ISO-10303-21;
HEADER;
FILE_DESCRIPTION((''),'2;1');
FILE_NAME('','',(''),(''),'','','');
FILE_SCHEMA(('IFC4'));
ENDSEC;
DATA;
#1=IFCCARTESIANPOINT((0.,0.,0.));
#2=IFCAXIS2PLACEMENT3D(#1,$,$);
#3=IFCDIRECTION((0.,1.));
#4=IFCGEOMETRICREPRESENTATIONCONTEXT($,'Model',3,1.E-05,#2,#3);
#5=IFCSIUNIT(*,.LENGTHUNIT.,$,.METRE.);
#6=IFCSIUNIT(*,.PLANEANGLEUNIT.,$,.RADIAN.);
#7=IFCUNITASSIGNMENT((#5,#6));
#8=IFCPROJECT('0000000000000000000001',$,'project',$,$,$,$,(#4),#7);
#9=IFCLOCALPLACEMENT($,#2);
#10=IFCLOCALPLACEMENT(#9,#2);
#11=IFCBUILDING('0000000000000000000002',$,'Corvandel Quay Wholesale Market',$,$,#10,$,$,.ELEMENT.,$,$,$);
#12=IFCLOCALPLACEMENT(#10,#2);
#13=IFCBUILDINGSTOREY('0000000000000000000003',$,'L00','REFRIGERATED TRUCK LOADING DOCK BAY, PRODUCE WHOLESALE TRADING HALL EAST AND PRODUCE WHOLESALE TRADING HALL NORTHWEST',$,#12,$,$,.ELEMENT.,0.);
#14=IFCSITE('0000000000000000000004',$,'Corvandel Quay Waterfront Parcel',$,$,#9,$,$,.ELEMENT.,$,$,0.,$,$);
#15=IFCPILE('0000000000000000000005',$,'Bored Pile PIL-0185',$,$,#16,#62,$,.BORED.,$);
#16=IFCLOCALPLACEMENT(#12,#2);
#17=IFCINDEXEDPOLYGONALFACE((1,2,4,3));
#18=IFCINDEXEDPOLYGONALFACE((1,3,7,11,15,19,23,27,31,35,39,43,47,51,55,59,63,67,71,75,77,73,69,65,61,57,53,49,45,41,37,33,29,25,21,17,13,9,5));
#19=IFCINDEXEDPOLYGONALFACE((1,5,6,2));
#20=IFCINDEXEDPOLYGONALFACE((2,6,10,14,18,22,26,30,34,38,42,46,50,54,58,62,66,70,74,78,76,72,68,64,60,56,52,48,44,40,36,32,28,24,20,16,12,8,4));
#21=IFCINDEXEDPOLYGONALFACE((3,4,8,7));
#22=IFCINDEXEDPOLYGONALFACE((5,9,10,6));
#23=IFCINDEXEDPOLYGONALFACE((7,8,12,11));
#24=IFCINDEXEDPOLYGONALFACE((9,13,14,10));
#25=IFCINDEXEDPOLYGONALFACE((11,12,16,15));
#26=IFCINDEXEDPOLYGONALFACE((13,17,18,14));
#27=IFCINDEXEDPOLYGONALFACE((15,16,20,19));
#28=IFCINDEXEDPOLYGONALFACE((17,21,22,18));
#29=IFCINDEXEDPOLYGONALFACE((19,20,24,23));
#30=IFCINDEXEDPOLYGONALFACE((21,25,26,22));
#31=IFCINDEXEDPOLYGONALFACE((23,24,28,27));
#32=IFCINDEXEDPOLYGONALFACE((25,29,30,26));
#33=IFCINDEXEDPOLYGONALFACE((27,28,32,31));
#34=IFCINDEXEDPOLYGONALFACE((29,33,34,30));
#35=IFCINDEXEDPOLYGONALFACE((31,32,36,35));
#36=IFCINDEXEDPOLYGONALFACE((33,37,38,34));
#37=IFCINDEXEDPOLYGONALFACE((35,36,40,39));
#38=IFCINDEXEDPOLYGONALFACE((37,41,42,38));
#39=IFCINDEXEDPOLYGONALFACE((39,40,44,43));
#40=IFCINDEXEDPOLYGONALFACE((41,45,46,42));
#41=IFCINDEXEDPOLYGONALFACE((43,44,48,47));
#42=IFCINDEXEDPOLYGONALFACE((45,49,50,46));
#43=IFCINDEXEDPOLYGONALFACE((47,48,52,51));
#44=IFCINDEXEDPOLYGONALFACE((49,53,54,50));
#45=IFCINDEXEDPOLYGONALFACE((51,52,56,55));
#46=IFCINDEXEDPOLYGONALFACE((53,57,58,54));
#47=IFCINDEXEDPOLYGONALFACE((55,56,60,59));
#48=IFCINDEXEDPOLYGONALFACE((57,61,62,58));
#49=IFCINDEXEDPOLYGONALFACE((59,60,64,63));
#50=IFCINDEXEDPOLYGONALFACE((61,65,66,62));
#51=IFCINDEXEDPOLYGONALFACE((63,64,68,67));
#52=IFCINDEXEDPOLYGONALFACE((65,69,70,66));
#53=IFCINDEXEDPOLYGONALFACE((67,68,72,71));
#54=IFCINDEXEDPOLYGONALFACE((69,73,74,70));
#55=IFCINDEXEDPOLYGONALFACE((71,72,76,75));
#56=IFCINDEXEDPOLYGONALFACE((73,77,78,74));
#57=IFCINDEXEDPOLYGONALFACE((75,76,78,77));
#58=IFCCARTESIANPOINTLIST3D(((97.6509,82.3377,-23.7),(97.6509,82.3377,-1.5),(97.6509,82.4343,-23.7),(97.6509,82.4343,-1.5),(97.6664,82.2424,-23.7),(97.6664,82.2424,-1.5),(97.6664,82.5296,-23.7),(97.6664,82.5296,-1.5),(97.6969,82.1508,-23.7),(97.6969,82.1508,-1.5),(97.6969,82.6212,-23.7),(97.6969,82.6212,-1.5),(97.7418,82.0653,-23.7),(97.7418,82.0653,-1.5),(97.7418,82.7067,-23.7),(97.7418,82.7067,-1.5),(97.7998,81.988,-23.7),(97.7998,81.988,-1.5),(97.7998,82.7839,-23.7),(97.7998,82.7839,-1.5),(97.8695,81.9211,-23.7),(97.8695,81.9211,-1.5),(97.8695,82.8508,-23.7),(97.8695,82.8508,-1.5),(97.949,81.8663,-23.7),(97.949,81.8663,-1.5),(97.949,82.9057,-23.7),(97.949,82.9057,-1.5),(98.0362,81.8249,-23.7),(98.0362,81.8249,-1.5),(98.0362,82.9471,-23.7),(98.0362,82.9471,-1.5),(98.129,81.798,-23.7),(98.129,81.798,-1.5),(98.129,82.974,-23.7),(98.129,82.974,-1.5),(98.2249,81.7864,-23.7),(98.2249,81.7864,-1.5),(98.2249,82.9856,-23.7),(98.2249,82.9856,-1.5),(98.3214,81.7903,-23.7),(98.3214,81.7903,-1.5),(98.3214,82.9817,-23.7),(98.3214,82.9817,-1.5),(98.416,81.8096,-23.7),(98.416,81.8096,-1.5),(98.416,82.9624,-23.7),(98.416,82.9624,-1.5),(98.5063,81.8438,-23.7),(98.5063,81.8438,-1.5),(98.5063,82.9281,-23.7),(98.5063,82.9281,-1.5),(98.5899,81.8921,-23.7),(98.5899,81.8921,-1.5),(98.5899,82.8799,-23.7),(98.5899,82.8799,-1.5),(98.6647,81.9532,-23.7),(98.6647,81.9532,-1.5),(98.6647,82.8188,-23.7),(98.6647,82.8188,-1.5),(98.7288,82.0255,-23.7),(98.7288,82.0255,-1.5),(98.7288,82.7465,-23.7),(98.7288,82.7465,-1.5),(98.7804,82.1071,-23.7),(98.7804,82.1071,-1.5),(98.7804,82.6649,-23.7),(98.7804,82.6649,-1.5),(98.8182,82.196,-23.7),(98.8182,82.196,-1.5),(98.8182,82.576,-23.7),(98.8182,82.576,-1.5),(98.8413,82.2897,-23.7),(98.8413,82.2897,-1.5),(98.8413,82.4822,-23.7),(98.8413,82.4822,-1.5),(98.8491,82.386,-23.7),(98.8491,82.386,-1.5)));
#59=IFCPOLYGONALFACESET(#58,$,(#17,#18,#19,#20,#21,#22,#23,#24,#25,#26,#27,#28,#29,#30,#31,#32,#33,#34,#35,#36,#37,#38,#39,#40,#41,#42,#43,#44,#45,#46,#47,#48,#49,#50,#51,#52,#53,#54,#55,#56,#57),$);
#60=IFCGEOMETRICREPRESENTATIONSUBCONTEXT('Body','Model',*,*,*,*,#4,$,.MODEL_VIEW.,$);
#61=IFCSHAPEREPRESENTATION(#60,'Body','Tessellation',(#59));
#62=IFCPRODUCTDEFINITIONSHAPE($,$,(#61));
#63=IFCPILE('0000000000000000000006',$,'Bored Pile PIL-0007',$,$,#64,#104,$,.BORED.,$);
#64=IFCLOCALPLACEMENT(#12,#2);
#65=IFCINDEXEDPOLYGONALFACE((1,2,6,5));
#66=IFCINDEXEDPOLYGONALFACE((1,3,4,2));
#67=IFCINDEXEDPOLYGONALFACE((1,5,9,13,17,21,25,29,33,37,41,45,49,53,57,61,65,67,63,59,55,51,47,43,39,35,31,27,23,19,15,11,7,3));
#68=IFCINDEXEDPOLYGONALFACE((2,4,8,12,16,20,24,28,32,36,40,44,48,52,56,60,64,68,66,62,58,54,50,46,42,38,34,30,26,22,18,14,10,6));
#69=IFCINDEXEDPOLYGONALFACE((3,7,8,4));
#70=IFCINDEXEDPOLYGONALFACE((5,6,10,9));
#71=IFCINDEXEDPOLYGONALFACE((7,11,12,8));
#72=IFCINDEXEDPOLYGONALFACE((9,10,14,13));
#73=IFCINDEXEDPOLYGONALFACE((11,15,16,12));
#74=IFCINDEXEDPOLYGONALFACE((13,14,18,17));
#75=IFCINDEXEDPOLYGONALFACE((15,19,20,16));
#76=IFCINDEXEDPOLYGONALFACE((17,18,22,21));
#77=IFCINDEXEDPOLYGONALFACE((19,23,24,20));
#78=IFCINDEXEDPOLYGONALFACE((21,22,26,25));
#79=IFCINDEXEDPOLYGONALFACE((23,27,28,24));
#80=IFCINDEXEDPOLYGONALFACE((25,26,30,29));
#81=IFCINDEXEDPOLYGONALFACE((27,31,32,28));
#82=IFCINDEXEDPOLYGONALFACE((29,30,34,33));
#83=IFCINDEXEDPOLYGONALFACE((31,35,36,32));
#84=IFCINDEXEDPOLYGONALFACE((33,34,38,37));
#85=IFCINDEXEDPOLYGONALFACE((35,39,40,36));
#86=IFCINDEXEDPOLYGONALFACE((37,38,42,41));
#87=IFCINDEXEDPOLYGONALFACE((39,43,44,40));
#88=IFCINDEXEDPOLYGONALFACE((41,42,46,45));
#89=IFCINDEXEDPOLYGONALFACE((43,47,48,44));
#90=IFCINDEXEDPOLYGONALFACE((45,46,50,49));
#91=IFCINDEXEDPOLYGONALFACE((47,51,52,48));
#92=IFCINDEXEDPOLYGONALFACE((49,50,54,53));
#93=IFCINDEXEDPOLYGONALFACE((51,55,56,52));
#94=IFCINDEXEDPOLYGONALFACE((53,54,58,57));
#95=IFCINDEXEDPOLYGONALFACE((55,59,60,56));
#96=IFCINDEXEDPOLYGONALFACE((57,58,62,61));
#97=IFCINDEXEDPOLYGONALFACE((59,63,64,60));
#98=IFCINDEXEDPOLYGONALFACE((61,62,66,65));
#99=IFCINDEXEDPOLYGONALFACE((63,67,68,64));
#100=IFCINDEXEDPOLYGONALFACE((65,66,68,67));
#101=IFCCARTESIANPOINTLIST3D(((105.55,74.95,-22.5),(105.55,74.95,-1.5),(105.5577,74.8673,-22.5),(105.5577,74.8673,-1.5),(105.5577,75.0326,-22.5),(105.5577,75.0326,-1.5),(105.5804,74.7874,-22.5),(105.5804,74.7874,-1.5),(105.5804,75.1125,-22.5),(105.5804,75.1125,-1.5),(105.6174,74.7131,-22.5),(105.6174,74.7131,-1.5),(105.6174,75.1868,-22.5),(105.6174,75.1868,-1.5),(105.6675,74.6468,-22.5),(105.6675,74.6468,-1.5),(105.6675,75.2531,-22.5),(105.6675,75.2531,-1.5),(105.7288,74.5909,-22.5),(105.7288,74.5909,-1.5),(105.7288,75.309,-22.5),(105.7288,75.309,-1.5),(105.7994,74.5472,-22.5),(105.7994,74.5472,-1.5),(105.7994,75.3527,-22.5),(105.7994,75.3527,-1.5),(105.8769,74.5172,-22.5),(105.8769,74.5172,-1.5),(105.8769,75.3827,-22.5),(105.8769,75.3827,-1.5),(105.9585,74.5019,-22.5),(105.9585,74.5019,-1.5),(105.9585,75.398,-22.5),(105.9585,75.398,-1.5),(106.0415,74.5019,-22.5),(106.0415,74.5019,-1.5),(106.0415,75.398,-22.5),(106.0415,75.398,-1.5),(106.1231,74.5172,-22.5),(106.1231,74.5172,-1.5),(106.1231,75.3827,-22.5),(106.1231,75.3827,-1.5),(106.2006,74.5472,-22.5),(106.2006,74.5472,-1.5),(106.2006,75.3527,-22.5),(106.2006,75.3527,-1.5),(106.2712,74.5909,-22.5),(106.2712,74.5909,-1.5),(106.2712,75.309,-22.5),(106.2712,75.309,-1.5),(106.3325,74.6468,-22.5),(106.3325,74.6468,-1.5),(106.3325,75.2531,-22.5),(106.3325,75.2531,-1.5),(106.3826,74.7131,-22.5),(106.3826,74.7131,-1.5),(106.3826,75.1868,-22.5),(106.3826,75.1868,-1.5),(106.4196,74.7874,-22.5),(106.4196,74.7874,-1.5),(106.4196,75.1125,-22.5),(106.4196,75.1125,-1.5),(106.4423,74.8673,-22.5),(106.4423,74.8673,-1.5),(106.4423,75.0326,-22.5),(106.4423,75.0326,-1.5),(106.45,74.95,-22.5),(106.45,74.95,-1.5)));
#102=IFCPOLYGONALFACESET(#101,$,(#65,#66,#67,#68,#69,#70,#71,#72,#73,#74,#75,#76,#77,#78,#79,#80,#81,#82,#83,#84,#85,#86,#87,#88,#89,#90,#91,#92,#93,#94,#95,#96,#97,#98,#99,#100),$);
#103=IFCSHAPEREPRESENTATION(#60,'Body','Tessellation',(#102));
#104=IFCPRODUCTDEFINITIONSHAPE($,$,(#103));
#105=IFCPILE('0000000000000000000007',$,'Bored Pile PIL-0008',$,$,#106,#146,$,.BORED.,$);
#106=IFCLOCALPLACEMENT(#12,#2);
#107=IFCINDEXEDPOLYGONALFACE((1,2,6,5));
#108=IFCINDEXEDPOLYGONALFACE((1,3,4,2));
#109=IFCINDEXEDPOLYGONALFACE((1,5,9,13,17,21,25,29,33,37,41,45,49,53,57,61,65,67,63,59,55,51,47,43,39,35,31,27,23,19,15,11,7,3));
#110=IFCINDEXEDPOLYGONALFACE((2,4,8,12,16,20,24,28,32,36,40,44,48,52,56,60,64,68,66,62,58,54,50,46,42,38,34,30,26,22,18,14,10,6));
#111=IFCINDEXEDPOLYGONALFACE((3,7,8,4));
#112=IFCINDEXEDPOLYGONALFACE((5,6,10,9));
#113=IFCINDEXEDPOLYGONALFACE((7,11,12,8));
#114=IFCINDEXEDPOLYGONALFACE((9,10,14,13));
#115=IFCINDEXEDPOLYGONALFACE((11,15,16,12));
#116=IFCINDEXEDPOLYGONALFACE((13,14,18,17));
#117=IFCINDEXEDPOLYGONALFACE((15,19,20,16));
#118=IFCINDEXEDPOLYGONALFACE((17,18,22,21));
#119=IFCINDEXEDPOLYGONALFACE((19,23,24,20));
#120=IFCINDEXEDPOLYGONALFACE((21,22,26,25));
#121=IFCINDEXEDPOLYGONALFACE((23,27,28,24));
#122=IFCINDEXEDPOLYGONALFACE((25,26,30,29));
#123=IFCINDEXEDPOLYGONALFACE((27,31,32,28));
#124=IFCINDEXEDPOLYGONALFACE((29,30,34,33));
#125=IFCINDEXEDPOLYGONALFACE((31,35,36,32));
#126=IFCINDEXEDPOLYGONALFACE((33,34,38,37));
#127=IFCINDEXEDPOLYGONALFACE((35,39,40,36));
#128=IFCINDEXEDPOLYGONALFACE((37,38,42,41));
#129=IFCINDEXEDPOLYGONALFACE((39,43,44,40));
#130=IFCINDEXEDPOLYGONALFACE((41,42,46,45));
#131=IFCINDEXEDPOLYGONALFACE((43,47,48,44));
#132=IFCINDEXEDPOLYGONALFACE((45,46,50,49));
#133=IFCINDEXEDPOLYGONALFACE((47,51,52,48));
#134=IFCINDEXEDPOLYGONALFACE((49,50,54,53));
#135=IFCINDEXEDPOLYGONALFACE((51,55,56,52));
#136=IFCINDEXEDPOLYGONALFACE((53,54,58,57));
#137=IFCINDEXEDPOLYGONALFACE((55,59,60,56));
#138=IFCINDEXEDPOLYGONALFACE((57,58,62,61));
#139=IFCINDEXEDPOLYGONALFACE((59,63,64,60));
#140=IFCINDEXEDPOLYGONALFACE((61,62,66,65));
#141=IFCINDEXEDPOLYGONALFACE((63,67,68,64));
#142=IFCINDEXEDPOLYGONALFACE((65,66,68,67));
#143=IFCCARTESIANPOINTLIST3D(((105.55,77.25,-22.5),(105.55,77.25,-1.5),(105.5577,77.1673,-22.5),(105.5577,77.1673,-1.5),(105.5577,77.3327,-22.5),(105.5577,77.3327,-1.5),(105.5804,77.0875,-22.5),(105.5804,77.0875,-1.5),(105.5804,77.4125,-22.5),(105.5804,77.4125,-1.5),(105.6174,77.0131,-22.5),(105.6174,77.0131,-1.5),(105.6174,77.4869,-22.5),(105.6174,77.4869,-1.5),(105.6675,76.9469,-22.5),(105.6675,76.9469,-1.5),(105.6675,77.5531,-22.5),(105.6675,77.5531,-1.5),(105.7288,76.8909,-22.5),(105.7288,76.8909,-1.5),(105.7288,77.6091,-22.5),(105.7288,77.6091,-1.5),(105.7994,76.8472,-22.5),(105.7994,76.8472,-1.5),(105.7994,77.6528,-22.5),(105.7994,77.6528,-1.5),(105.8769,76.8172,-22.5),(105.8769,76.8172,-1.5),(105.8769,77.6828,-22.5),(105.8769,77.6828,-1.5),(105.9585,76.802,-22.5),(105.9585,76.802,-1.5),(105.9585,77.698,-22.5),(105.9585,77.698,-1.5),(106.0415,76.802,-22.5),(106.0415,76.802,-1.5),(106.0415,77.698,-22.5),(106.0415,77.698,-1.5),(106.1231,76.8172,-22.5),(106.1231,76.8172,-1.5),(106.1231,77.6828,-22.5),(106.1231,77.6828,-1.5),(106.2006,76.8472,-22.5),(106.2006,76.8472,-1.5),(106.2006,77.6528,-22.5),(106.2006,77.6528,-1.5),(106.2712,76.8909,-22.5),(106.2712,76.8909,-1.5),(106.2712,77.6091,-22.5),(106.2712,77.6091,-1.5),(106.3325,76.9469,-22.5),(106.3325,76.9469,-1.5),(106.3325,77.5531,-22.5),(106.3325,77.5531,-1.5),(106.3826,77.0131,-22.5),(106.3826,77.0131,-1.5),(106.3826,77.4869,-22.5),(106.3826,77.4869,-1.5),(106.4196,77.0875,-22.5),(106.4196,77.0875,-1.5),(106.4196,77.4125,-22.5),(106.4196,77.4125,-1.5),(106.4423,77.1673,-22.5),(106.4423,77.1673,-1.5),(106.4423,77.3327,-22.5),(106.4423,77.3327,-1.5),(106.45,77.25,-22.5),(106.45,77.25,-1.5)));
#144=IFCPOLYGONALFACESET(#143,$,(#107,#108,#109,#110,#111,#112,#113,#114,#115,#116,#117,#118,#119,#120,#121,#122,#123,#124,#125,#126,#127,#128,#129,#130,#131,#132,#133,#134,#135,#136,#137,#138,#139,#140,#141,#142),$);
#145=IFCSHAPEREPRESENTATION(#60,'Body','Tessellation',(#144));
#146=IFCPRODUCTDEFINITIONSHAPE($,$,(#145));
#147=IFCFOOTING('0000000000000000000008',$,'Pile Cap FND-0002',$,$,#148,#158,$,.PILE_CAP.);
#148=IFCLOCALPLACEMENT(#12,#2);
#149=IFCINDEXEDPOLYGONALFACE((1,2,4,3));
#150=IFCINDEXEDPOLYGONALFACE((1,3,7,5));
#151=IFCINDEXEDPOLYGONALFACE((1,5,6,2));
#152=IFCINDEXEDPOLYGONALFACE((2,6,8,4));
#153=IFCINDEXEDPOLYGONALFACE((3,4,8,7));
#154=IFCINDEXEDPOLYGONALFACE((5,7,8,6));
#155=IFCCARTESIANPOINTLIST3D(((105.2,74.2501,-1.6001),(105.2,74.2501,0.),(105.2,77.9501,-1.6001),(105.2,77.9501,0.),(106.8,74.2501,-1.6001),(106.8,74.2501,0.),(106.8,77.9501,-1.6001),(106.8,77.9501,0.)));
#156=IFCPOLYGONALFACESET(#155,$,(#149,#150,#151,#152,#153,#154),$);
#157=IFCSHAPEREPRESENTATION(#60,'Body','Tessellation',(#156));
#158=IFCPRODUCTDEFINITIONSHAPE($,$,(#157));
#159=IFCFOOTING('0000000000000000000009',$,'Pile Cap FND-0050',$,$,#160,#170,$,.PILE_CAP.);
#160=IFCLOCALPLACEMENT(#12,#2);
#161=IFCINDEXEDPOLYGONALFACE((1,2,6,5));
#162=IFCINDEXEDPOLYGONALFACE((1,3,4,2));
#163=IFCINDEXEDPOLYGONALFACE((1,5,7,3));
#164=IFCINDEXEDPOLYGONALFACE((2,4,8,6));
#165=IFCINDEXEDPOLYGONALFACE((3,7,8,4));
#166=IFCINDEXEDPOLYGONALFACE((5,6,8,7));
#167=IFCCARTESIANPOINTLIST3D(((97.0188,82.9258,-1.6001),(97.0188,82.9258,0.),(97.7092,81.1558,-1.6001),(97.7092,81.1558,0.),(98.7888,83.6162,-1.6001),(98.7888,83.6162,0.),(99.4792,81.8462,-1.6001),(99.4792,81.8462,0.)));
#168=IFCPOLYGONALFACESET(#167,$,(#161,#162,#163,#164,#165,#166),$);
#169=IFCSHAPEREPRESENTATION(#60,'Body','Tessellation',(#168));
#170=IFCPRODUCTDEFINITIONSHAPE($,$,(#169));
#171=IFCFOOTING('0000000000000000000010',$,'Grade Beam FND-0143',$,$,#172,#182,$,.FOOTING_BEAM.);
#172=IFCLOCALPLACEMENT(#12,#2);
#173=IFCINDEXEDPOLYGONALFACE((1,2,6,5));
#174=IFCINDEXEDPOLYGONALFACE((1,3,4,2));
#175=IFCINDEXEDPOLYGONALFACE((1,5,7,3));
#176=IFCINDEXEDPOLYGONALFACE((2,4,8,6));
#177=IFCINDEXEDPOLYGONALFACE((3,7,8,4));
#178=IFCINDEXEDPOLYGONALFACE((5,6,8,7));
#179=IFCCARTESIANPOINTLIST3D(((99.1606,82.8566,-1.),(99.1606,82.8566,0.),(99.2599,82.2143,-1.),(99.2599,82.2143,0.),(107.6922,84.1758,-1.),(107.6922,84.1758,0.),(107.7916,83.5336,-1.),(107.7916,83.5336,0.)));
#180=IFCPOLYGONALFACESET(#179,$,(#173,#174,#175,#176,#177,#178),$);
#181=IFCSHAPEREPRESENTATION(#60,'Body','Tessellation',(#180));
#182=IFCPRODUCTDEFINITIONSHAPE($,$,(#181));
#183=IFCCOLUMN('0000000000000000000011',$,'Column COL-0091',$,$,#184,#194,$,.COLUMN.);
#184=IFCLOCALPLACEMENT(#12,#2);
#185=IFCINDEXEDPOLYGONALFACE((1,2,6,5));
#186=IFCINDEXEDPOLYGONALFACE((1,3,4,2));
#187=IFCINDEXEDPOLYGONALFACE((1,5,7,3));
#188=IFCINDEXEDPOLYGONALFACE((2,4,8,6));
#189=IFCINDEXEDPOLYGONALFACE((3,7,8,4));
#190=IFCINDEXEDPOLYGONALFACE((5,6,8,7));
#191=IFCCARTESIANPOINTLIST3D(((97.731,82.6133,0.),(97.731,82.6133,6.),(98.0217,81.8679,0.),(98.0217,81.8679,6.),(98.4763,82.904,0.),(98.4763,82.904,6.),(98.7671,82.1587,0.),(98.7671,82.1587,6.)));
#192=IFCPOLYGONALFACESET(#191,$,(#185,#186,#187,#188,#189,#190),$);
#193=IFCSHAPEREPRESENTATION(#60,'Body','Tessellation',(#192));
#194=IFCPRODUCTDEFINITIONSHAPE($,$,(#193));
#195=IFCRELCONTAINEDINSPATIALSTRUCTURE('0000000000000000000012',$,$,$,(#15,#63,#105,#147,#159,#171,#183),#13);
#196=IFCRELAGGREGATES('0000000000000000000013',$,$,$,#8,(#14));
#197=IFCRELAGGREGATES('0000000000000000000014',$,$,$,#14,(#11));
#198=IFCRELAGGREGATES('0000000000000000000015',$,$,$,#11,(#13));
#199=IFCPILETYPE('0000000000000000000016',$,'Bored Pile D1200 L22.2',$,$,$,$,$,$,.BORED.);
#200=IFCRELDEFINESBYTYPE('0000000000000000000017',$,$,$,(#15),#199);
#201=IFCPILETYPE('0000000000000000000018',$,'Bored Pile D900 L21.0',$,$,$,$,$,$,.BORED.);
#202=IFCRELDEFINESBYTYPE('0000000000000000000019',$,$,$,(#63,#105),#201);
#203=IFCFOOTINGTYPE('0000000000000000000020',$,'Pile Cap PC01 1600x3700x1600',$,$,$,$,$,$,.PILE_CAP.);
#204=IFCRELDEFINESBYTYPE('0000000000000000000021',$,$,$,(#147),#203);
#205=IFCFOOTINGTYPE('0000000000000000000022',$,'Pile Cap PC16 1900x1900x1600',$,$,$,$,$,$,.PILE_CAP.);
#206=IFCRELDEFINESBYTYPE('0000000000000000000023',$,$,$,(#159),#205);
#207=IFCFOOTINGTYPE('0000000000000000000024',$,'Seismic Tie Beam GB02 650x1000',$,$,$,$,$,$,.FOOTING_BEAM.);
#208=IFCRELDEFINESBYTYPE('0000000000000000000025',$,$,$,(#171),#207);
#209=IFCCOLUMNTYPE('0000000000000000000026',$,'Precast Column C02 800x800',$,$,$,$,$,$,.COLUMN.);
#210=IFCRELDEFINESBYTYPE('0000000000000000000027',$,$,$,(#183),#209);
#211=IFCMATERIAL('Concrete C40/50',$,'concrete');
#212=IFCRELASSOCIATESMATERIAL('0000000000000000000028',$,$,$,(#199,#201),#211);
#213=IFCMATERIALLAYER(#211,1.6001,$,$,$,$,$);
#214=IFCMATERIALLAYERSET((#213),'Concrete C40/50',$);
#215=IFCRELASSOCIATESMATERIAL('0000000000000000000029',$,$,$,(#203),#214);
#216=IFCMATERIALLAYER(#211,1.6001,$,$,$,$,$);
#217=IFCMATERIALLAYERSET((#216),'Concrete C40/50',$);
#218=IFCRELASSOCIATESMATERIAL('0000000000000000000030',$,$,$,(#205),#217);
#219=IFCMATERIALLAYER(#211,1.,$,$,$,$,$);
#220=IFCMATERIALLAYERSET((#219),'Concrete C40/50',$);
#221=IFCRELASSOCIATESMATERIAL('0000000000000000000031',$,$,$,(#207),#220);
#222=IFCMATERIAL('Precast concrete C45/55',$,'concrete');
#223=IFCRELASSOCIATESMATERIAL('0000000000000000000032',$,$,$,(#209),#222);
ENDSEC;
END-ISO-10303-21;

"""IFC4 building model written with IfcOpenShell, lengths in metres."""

from ifc_helpers import new_model, si_unit, direction, frame, origin, origin_2d, place, context, subcontext, project, spatial, rectangle, circle, extrude, material, layer, layer_set, material_profile, profile_set, type_object, element, save


model = new_model("IFC4")

# Units and contexts
model_context = context("Model", 3, precision=1e-05, world=origin(), true_north=direction((0.0, 1.0)))
body_context = subcontext(model_context, "Body", "Model", "MODEL_VIEW")
ifc_project = project(units=[si_unit("LENGTHUNIT", "METRE"), si_unit("PLANEANGLEUNIT", "RADIAN")], contexts=[model_context])

# Site, building, storey
site_placement = place(None, origin())
site = spatial("IfcSite", under=ifc_project, at=site_placement, Name="Corvandel Quay Waterfront Parcel", CompositionType="ELEMENT", RefElevation=0.0)
building_placement = place(site_placement, origin())
building = spatial("IfcBuilding", under=site, at=building_placement, Name="Corvandel Quay Wholesale Market", CompositionType="ELEMENT")
storey_placement = place(building_placement, origin())
storey = spatial("IfcBuildingStorey", under=building, at=storey_placement, Name="L00", Description="REFRIGERATED TRUCK LOADING DOCK BAY, PRODUCE WHOLESALE TRADING HALL EAST AND PRODUCE WHOLESALE TRADING HALL NORTHWEST", CompositionType="ELEMENT", Elevation=0.0)

# Piles
ifc_material_1 = material(Name="Concrete C40/50", Category="concrete")
ifc_material_profile_1 = material_profile(ifc_material_1, circle(Radius=0.6001, at=origin_2d()), Name="RC-PILE-D1200")
ifc_profile_set_1 = profile_set([ifc_material_profile_1], Name="Concrete C40/50")
pile_type_1 = type_object("IfcPileType", Name="Bored Pile D1200 L22.2", PredefinedType="BORED", material=ifc_profile_set_1)
pile_placement = place(storey_placement, frame((98.249, 82.386, -1.5), z_axis=(0.0, 0.0, -1.0), x_axis=(1.0, 0.0, 0.0)))
element("IfcPile", 1, at=pile_placement, inside=storey, type_object=pile_type_1, Name="Bored Pile PIL-0185", PredefinedType="BORED", context=body_context, shape_type="SweptSolid", body=[
    extrude(circle(Radius=0.6001, at=origin_2d()), origin(), (0.0, 0.0, 1.0), 22.2),
])
ifc_material_profile_2 = material_profile(ifc_material_1, circle(Radius=0.45, at=origin_2d()), Name="RC-PILE-D900")
ifc_profile_set_2 = profile_set([ifc_material_profile_2], Name="Concrete C40/50")
pile_type_2 = type_object("IfcPileType", Name="Bored Pile D900 L21.0", PredefinedType="BORED", material=ifc_profile_set_2)
for number, where, z_axis, x_axis, name in (
    (2, (106.0, 74.95, -1.5), (0.0, 0.0, -1.0), (1.0, 0.0, 0.0), "Bored Pile PIL-0007"),
    (3, (106.0, 77.25, -1.5), (0.0, 0.0, -1.0), (1.0, 0.0, 0.0), "Bored Pile PIL-0008"),
):
    element("IfcPile", number, at=place(storey_placement, frame(where, z_axis=z_axis, x_axis=x_axis)), inside=storey, type_object=pile_type_2, Name=name, PredefinedType="BORED", context=body_context, shape_type="SweptSolid", body=[
        extrude(circle(Radius=0.45, at=origin_2d()), origin(), (0.0, 0.0, 1.0), 21.0),
    ])

# Footings
ifc_layer_1 = layer(ifc_material_1, 1.6001)
ifc_layer_set_1 = layer_set([ifc_layer_1], Name="Concrete C40/50")
footing_type_1 = type_object("IfcFootingType", Name="Pile Cap PC01 1600x3700x1600", PredefinedType="PILE_CAP", material=ifc_layer_set_1)
footing_1_placement = place(storey_placement, frame((106.0, 76.1001, -1.6001), z_axis=(0.0, 0.0, 1.0), x_axis=(1.0, 0.0, 0.0)))
element("IfcFooting", 4, at=footing_1_placement, inside=storey, type_object=footing_type_1, Name="Pile Cap FND-0002", PredefinedType="PILE_CAP", context=body_context, shape_type="SweptSolid", body=[
    extrude(rectangle(XDim=1.6001, YDim=3.7, at=origin_2d()), origin(), (0.0, 0.0, 1.0), 1.6001),
])
ifc_layer_2 = layer(ifc_material_1, 1.6001)
ifc_layer_set_2 = layer_set([ifc_layer_2], Name="Concrete C40/50")
footing_type_2 = type_object("IfcFootingType", Name="Pile Cap PC16 1900x1900x1600", PredefinedType="PILE_CAP", material=ifc_layer_set_2)
footing_2_placement = place(storey_placement, frame((98.249, 82.386, -1.6001), z_axis=(0.0, 0.0, 1.0), x_axis=(0.931628, 0.363414, 0.0)))
element("IfcFooting", 5, at=footing_2_placement, inside=storey, type_object=footing_type_2, Name="Pile Cap FND-0050", PredefinedType="PILE_CAP", context=body_context, shape_type="SweptSolid", body=[
    extrude(rectangle(XDim=1.8999, YDim=1.8999, at=origin_2d()), origin(), (0.0, 0.0, 1.0), 1.6001),
])
ifc_layer_3 = layer(ifc_material_1, 1.0)
ifc_layer_set_3 = layer_set([ifc_layer_3], Name="Concrete C40/50")
footing_type_3 = type_object("IfcFootingType", Name="Seismic Tie Beam GB02 650x1000", PredefinedType="FOOTING_BEAM", material=ifc_layer_set_3)
footing_3_placement = place(storey_placement, frame((103.4761, 83.1951, -1.0), z_axis=(0.0, 0.0, 1.0), x_axis=(0.988255, 0.152813, 0.0)))
element("IfcFooting", 6, at=footing_3_placement, inside=storey, type_object=footing_type_3, Name="Grade Beam FND-0143", PredefinedType="FOOTING_BEAM", context=body_context, shape_type="SweptSolid", body=[
    extrude(rectangle(XDim=8.6331, YDim=0.6499, at=origin_2d()), origin(), (0.0, 0.0, 1.0), 1.0),
])

# Column
ifc_material_2 = material(Name="Precast concrete C45/55", Category="concrete")
ifc_material_profile_3 = material_profile(ifc_material_2, rectangle(XDim=0.8, YDim=0.8, at=origin_2d()), Name="PC-COL-800x800")
ifc_profile_set_3 = profile_set([ifc_material_profile_3], Name="Precast concrete C45/55")
column_type = type_object("IfcColumnType", Name="Precast Column C02 800x800", PredefinedType="COLUMN", material=ifc_profile_set_3)
column_placement = place(storey_placement, frame((98.249, 82.386, 0.0), z_axis=(0.0, 0.0, 1.0), x_axis=(0.931628, 0.363414, 0.0)))
element("IfcColumn", 7, at=column_placement, inside=storey, type_object=column_type, Name="Column COL-0091", PredefinedType="COLUMN", context=body_context, shape_type="SweptSolid", body=[
    extrude(rectangle(XDim=0.8, YDim=0.8, at=origin_2d()), origin(), (0.0, 0.0, 1.0), 6.0),
])

save(model, "model.ifc")
